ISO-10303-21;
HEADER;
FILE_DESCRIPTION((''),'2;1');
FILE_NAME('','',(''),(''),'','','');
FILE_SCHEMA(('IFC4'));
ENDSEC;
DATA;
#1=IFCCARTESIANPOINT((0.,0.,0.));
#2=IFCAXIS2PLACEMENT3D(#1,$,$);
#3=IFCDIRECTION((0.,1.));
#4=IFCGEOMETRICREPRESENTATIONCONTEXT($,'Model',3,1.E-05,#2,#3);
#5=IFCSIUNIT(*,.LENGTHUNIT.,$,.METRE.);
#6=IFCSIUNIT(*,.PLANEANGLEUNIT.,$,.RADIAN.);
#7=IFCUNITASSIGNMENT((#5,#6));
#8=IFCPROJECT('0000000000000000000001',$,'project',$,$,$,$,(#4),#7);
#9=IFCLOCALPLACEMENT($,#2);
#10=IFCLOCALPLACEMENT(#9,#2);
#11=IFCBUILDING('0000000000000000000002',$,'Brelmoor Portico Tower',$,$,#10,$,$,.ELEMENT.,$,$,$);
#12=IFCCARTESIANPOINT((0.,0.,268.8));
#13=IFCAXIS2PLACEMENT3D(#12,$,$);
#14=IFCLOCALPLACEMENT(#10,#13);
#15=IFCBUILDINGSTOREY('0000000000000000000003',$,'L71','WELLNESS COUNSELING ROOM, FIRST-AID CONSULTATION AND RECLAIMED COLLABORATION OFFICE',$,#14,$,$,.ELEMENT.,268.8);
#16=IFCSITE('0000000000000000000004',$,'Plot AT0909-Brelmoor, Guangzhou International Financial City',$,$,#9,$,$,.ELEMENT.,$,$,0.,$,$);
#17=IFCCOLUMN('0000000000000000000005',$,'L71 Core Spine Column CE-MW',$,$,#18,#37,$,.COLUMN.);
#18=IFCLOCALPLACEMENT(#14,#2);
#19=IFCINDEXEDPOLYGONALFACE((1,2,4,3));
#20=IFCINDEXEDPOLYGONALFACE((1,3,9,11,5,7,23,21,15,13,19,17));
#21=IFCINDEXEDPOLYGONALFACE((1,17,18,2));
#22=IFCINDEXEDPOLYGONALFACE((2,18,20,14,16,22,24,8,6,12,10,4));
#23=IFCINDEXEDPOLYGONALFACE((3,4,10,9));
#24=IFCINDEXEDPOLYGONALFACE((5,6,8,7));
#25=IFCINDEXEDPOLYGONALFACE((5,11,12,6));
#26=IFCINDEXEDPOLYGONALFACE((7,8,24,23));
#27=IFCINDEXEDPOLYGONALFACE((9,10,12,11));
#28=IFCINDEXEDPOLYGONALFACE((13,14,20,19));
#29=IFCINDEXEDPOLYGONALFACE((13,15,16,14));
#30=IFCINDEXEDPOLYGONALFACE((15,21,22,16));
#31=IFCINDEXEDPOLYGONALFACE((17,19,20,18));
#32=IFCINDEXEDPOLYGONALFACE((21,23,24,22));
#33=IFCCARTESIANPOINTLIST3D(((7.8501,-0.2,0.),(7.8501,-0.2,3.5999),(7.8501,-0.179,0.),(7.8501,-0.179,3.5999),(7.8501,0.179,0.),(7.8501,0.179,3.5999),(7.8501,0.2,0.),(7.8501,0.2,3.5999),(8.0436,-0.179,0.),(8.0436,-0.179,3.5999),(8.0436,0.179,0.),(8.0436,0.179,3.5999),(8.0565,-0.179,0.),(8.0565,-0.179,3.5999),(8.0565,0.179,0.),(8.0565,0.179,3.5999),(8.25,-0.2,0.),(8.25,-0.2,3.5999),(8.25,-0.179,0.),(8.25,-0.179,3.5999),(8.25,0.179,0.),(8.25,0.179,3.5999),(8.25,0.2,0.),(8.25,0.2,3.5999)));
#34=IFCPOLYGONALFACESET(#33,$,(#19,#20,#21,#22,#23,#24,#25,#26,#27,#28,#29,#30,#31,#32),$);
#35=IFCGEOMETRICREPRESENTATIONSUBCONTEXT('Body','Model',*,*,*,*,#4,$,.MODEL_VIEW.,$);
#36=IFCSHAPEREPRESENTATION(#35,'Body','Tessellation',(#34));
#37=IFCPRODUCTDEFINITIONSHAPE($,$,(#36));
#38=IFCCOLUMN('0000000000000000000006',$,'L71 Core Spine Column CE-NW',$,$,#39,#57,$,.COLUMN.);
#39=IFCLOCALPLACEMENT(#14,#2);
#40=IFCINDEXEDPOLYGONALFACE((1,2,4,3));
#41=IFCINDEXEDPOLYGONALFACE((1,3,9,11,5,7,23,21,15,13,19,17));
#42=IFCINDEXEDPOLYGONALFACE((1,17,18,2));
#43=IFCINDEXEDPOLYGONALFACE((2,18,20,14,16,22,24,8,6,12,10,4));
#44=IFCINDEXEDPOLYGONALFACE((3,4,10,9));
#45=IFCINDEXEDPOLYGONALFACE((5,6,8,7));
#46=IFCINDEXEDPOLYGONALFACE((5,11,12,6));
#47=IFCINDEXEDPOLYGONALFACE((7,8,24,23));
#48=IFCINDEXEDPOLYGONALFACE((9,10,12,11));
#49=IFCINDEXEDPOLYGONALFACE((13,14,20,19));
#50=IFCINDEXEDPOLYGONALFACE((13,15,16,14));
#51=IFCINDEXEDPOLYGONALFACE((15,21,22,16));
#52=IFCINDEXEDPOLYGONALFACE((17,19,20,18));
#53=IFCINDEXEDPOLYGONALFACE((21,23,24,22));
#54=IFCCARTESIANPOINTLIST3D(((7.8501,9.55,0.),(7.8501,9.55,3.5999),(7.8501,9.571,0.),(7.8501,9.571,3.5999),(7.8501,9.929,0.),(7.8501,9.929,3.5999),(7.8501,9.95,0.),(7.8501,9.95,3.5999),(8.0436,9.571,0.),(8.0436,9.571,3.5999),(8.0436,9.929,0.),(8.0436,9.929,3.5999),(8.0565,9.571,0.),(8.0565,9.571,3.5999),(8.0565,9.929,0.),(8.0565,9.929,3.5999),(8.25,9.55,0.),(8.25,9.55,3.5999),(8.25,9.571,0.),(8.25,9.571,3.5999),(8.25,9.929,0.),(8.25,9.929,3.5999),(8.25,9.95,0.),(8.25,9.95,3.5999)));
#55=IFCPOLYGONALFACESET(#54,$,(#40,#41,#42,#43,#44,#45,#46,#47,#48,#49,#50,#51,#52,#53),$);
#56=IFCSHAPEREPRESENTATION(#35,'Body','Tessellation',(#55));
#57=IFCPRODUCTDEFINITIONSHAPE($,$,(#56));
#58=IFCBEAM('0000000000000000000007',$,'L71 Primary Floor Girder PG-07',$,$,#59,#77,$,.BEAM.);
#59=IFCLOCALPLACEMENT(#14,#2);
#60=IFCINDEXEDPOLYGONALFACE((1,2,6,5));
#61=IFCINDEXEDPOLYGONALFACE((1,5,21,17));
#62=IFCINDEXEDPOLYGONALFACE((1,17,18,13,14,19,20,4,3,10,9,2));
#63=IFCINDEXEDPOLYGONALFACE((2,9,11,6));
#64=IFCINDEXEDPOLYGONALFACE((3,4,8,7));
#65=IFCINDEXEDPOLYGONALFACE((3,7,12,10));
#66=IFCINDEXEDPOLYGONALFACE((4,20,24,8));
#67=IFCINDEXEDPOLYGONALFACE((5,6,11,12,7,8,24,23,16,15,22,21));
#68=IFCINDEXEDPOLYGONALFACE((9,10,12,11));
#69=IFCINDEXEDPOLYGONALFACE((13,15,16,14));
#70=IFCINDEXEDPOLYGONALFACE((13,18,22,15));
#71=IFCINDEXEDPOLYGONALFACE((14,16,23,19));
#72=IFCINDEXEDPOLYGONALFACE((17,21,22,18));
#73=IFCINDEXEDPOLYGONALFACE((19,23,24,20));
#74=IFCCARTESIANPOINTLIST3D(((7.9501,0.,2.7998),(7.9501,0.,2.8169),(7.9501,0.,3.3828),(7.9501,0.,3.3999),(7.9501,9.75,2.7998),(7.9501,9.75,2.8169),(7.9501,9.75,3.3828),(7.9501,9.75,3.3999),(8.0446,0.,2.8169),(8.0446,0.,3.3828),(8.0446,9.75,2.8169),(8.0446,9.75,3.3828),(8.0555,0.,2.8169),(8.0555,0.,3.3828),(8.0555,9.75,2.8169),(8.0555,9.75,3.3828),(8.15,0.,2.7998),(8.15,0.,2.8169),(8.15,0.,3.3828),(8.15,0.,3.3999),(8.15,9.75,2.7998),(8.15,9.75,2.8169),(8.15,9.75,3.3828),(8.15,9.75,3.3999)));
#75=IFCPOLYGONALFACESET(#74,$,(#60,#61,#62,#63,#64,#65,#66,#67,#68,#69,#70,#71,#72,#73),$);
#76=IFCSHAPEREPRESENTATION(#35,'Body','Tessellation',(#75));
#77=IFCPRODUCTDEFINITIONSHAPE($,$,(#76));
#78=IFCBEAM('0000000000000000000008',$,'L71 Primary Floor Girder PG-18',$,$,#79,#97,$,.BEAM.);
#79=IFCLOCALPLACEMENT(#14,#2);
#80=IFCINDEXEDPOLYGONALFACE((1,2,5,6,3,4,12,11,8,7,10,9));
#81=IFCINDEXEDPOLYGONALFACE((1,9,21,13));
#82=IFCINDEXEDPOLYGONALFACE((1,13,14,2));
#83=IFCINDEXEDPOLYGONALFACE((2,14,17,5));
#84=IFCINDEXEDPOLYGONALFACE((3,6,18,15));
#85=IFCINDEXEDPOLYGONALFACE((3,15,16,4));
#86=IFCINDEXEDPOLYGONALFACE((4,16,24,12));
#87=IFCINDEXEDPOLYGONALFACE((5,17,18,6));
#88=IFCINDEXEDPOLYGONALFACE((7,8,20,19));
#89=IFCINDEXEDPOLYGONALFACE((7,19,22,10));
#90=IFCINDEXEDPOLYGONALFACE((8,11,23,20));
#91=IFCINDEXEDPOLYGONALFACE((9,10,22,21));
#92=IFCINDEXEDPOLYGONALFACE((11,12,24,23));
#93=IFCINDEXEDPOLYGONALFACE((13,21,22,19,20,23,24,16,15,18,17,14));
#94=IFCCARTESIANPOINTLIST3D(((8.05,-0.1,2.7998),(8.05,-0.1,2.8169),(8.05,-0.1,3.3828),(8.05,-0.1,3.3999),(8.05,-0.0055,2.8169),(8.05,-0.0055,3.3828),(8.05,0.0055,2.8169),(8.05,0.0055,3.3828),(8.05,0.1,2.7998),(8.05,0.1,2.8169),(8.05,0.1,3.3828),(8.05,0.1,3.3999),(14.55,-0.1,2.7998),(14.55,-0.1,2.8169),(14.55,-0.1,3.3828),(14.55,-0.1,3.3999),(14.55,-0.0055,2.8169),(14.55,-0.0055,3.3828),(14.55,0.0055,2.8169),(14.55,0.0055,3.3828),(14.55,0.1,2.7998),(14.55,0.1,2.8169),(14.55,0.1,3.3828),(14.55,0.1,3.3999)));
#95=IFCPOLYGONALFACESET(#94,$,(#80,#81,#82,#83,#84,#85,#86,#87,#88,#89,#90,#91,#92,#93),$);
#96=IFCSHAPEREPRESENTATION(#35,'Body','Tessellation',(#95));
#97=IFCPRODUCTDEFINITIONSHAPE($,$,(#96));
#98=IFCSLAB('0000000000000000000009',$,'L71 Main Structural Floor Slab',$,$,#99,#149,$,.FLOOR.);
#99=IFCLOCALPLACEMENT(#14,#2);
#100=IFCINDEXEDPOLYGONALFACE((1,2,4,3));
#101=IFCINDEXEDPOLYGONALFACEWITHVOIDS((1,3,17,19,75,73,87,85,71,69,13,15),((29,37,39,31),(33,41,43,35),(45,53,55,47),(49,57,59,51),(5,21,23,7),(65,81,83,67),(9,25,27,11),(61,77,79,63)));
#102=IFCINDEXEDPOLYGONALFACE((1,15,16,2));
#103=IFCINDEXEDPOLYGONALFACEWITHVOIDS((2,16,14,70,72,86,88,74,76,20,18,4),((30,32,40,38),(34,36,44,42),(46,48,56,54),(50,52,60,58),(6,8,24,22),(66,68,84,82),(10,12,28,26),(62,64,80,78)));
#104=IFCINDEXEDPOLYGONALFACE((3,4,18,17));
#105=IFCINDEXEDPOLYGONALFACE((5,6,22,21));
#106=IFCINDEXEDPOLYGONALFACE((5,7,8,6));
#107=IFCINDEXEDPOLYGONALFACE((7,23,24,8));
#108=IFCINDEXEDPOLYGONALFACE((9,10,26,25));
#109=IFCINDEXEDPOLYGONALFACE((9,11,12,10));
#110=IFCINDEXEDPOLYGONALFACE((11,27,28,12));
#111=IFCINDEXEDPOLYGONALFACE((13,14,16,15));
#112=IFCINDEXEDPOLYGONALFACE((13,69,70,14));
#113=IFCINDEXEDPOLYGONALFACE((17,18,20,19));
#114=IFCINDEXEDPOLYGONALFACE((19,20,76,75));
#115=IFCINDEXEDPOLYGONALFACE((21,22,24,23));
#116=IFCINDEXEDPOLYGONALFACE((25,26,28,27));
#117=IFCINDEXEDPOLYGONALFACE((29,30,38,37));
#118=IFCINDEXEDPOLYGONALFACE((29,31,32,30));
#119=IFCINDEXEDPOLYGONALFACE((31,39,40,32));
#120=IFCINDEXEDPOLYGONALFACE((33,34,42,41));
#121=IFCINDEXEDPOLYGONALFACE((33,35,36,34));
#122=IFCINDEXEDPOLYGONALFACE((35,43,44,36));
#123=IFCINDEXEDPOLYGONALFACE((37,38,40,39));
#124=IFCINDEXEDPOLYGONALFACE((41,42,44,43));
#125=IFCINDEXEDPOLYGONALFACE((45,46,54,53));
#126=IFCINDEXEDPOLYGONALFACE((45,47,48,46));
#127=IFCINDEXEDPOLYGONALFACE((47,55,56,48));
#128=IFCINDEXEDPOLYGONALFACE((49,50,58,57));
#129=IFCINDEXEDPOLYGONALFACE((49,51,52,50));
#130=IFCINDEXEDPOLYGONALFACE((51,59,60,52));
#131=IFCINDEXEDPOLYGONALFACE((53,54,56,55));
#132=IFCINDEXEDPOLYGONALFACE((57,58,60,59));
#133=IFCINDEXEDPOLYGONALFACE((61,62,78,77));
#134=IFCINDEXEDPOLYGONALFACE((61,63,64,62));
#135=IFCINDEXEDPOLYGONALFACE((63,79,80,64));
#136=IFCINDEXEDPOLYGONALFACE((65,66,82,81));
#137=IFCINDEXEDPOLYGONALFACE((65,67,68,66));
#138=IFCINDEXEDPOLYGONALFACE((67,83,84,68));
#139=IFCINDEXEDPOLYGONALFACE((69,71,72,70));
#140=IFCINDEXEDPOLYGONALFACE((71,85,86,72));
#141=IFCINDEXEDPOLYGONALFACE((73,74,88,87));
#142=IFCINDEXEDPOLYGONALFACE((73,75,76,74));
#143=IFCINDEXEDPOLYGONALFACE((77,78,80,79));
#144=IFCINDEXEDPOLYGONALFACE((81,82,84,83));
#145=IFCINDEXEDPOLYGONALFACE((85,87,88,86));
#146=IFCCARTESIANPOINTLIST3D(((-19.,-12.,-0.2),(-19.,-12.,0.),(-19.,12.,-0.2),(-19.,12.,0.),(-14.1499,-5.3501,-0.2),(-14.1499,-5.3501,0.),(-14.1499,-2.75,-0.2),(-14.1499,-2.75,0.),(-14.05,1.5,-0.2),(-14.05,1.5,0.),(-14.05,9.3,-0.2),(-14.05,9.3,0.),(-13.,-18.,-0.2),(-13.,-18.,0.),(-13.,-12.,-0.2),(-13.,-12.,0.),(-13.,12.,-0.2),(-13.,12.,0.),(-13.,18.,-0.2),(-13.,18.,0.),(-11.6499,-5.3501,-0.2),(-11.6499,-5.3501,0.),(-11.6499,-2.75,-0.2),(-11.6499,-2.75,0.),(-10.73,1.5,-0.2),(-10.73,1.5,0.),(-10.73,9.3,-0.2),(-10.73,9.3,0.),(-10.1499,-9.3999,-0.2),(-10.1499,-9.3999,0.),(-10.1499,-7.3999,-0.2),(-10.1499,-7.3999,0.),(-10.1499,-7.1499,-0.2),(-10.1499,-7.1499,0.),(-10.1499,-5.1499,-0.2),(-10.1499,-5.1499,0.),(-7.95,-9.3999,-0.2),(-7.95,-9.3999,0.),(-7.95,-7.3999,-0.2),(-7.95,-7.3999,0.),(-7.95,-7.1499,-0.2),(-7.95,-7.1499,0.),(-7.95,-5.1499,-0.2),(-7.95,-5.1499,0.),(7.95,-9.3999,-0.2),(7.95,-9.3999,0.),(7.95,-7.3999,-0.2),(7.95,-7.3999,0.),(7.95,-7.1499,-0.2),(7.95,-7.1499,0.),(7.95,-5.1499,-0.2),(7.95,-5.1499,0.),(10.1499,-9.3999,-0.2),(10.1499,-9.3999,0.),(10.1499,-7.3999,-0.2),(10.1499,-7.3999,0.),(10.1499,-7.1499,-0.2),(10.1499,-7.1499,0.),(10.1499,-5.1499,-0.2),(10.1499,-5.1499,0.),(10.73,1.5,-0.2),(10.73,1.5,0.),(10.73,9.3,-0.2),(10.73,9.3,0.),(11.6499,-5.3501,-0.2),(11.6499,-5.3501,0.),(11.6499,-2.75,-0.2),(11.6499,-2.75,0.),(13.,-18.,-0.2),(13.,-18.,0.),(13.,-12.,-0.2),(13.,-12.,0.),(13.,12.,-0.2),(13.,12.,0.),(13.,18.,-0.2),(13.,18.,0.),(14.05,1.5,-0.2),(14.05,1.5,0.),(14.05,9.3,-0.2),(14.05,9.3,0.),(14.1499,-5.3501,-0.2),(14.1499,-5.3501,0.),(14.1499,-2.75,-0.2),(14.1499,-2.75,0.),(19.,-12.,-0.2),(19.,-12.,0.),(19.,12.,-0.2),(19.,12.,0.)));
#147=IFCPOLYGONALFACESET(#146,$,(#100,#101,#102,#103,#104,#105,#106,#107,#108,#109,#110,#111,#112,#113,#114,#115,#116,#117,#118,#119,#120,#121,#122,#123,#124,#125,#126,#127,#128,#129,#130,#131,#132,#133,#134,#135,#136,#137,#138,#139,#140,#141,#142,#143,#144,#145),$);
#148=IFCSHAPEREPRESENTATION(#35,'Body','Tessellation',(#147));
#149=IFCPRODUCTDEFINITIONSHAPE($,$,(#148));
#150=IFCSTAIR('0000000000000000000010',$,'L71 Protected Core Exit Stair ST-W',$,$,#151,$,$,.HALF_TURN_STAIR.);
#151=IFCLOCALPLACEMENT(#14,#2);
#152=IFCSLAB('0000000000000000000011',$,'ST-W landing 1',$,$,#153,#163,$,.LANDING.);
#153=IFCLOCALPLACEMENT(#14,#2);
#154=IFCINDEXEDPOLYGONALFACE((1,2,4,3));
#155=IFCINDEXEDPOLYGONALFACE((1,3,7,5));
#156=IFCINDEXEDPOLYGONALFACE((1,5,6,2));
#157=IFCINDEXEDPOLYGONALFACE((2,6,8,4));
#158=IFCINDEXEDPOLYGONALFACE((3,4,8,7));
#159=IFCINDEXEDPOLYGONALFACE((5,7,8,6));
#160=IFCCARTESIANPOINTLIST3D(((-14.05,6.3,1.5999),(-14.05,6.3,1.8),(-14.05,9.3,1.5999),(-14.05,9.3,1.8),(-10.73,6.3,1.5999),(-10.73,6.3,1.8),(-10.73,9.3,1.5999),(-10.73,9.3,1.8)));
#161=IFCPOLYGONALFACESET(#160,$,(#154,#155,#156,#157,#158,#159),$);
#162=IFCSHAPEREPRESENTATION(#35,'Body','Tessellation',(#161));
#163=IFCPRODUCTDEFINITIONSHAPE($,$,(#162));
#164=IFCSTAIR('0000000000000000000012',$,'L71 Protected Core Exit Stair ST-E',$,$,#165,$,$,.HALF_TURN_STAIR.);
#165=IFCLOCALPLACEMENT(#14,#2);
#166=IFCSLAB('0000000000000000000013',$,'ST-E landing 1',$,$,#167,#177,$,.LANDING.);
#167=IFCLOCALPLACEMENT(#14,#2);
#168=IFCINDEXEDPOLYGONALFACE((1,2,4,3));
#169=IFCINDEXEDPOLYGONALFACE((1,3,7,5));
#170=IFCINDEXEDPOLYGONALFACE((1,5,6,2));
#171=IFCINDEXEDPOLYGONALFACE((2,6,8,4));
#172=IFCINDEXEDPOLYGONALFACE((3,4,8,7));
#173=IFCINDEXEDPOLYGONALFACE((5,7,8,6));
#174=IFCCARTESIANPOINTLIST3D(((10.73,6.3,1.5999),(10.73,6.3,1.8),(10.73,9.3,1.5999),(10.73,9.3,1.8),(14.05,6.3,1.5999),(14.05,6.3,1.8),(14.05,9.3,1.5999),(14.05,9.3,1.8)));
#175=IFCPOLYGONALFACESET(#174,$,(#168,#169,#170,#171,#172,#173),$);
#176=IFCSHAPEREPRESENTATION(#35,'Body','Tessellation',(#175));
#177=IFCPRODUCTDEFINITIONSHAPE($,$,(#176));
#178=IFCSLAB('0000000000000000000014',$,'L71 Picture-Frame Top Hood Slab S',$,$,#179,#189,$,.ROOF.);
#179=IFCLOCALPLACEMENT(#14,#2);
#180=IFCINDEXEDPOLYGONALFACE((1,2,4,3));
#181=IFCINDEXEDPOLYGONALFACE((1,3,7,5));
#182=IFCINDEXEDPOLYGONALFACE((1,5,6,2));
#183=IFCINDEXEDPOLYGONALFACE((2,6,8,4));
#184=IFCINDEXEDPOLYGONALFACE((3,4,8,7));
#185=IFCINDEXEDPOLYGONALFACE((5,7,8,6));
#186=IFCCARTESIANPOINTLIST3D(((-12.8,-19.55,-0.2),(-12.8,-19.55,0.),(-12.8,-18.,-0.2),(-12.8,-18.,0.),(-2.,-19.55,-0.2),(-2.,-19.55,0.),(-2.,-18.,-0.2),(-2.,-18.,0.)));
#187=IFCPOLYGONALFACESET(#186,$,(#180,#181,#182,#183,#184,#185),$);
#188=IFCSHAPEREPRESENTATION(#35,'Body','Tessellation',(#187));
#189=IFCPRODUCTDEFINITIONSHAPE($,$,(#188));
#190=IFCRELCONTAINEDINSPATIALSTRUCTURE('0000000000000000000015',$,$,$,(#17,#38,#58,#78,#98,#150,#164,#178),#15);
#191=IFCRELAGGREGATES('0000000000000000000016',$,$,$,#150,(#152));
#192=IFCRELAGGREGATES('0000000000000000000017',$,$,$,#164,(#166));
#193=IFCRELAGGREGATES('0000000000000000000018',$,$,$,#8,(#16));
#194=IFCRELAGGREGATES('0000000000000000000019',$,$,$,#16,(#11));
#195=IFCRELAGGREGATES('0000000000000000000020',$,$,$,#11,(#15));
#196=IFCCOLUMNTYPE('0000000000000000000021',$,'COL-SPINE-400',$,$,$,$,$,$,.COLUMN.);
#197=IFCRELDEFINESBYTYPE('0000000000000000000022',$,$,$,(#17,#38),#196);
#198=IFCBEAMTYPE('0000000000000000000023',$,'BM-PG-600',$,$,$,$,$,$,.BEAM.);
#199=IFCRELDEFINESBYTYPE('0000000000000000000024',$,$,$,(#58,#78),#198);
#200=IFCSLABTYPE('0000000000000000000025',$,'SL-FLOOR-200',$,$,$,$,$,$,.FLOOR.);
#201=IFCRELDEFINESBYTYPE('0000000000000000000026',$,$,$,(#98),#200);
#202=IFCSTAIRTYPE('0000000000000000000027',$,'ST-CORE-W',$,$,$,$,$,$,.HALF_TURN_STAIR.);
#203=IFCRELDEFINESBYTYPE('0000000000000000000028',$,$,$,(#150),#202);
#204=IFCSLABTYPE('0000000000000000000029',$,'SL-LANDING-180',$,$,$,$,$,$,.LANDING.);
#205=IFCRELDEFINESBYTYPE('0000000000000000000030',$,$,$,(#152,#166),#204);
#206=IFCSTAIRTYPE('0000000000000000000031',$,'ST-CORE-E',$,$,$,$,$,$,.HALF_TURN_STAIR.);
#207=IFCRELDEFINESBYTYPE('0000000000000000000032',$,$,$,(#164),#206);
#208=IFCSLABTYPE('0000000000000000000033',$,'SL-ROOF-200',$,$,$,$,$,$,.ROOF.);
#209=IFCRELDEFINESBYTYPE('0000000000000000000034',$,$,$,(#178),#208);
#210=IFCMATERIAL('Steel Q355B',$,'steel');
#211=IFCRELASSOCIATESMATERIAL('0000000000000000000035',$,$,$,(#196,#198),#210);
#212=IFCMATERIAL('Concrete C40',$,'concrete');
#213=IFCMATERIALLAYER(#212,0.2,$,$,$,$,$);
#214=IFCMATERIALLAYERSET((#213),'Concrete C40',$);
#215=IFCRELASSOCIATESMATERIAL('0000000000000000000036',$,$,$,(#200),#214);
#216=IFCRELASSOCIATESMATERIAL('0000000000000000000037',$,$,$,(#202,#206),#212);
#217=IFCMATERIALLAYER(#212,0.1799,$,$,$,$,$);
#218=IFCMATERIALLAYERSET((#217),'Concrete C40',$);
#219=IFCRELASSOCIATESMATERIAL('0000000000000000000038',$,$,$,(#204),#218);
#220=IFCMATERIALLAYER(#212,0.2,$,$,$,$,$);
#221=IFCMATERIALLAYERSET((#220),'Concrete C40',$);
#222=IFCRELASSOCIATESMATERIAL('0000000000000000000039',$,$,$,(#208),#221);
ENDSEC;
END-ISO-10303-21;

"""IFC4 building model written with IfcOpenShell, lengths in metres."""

from ifc_helpers import new_model, si_unit, direction, frame, origin, origin_2d, place, context, subcontext, project, spatial, polyline, i_section, outline, extrude, material, layer, layer_set, material_profile, profile_set, type_object, element, aggregate, save


model = new_model("IFC4")

# Units and contexts
model_context = context("Model", 3, precision=1e-05, world=origin(), true_north=direction((0.0, 1.0)))
body_context = subcontext(model_context, "Body", "Model", "MODEL_VIEW")
ifc_project = project(units=[si_unit("LENGTHUNIT", "METRE"), si_unit("PLANEANGLEUNIT", "RADIAN")], contexts=[model_context])

# Site, building, storey
site_placement = place(None, origin())
site = spatial("IfcSite", under=ifc_project, at=site_placement, Name="Plot AT0909-Brelmoor, Guangzhou International Financial City", CompositionType="ELEMENT", RefElevation=0.0)
building_placement = place(site_placement, origin())
building = spatial("IfcBuilding", under=site, at=building_placement, Name="Brelmoor Portico Tower", CompositionType="ELEMENT")
storey_placement = place(building_placement, frame((0.0, 0.0, 268.8)))
storey = spatial("IfcBuildingStorey", under=building, at=storey_placement, Name="L71", Description="WELLNESS COUNSELING ROOM, FIRST-AID CONSULTATION AND RECLAIMED COLLABORATION OFFICE", CompositionType="ELEMENT", Elevation=268.8)

# Columns
ifc_material_1 = material(Name="Steel Q355B", Category="steel")
ifc_material_profile_1 = material_profile(ifc_material_1, i_section(OverallWidth=0.3999, OverallDepth=0.3999, WebThickness=0.0129, FlangeThickness=0.021, at=origin_2d()), Name="HW 400x400x13x21")
ifc_profile_set_1 = profile_set([ifc_material_profile_1], Name="Steel Q355B")
column_type = type_object("IfcColumnType", Name="COL-SPINE-400", PredefinedType="COLUMN", material=ifc_profile_set_1)
for number, where, z_axis, x_axis, name in (
    (1, (8.05, 0.0, 0.0), (0.0, 0.0, 1.0), (1.0, 0.0, 0.0), "L71 Core Spine Column CE-MW"),
    (2, (8.05, 9.75, 0.0), (0.0, 0.0, 1.0), (1.0, 0.0, 0.0), "L71 Core Spine Column CE-NW"),
):
    element("IfcColumn", number, at=place(storey_placement, frame(where, z_axis=z_axis, x_axis=x_axis)), inside=storey, type_object=column_type, Name=name, PredefinedType="COLUMN", context=body_context, shape_type="SweptSolid", body=[
        extrude(i_section(OverallWidth=0.3999, OverallDepth=0.3999, WebThickness=0.0129, FlangeThickness=0.021, at=origin_2d()), origin(), (0.0, 0.0, 1.0), 3.5999),
    ])

# Beams
ifc_material_profile_2 = material_profile(ifc_material_1, i_section(OverallWidth=0.2, OverallDepth=0.6001, WebThickness=0.011, FlangeThickness=0.0171, at=origin_2d()), Name="HN 600x200x11x17")
ifc_profile_set_2 = profile_set([ifc_material_profile_2], Name="Steel Q355B")
beam_type = type_object("IfcBeamType", Name="BM-PG-600", PredefinedType="BEAM", material=ifc_profile_set_2)
beam_1_placement = place(storey_placement, frame((8.05, 0.0, 3.0999), z_axis=(0.0, 1.0, 0.0), x_axis=(-1.0, 0.0, 0.0)))
element("IfcBeam", 3, at=beam_1_placement, inside=storey, type_object=beam_type, Name="L71 Primary Floor Girder PG-07", PredefinedType="BEAM", context=body_context, shape_type="SweptSolid", body=[
    extrude(i_section(OverallWidth=0.2, OverallDepth=0.6001, WebThickness=0.011, FlangeThickness=0.0171, at=origin_2d()), origin(), (0.0, 0.0, 1.0), 9.75),
])
beam_2_placement = place(storey_placement, frame((8.05, 0.0, 3.0999), z_axis=(1.0, 0.0, 0.0), x_axis=(0.0, 1.0, 0.0)))
element("IfcBeam", 4, at=beam_2_placement, inside=storey, type_object=beam_type, Name="L71 Primary Floor Girder PG-18", PredefinedType="BEAM", context=body_context, shape_type="SweptSolid", body=[
    extrude(i_section(OverallWidth=0.2, OverallDepth=0.6001, WebThickness=0.011, FlangeThickness=0.0171, at=origin_2d()), origin(), (0.0, 0.0, 1.0), 6.5),
])

# Slab
ifc_material_2 = material(Name="Concrete C40", Category="concrete")
ifc_layer_1 = layer(ifc_material_2, 0.2)
ifc_layer_set_1 = layer_set([ifc_layer_1], Name="Concrete C40")
slab_type_1 = type_object("IfcSlabType", Name="SL-FLOOR-200", PredefinedType="FLOOR", material=ifc_layer_set_1)
slab_1_placement = place(storey_placement, frame((0.0, 0.0, -0.2)))
element("IfcSlab", 5, at=slab_1_placement, inside=storey, type_object=slab_type_1, Name="L71 Main Structural Floor Slab", PredefinedType="FLOOR", context=body_context, shape_type="SweptSolid", body=[
    extrude(outline(polyline([(-13.0, -18.0), (13.0, -18.0), (13.0, -12.0), (19.0, -12.0), (19.0, 12.0), (13.0, 12.0), (13.0, 18.0), (-13.0, 18.0), (-13.0, 12.0), (-19.0, 12.0), (-19.0, -12.0), (-13.0, -12.0), (-13.0, -18.0)]), holes=[polyline([(-10.73, 1.5), (-10.73, 9.3), (-14.05, 9.3), (-14.05, 1.5), (-10.73, 1.5)]), polyline([(14.05, 1.5), (14.05, 9.3), (10.73, 9.3), (10.73, 1.5), (14.05, 1.5)]), polyline([(-10.1499, -9.3999), (-7.95, -9.3999), (-7.95, -7.3999), (-10.1499, -7.3999), (-10.1499, -9.3999)]), polyline([(-10.1499, -7.1499), (-7.95, -7.1499), (-7.95, -5.1499), (-10.1499, -5.1499), (-10.1499, -7.1499)]), polyline([(7.95, -9.3999), (10.1499, -9.3999), (10.1499, -7.3999), (7.95, -7.3999), (7.95, -9.3999)]), polyline([(7.95, -7.1499), (10.1499, -7.1499), (10.1499, -5.1499), (7.95, -5.1499), (7.95, -7.1499)]), polyline([(-14.1499, -5.3501), (-11.6499, -5.3501), (-11.6499, -2.75), (-14.1499, -2.75), (-14.1499, -5.3501)]), polyline([(11.6499, -5.3501), (14.1499, -5.3501), (14.1499, -2.75), (11.6499, -2.75), (11.6499, -5.3501)])]), origin(), (0.0, 0.0, 1.0), 0.2),
])

# Stairs, slabs
stair_type_1 = type_object("IfcStairType", Name="ST-CORE-W", PredefinedType="HALF_TURN_STAIR", material=ifc_material_2)
stair_1_placement = place(storey_placement, origin())
stair_1 = element("IfcStair", 6, at=stair_1_placement, inside=storey, type_object=stair_type_1, Name="L71 Protected Core Exit Stair ST-W", PredefinedType="HALF_TURN_STAIR")
ifc_layer_2 = layer(ifc_material_2, 0.1799)
ifc_layer_set_2 = layer_set([ifc_layer_2], Name="Concrete C40")
slab_type_2 = type_object("IfcSlabType", Name="SL-LANDING-180", PredefinedType="LANDING", material=ifc_layer_set_2)
slab_2_placement = place(storey_placement, frame((0.0, 0.0, 1.5999)))
slab_2 = element("IfcSlab", 7, at=slab_2_placement, type_object=slab_type_2, Name="ST-W landing 1", PredefinedType="LANDING", context=body_context, shape_type="SweptSolid", body=[
    extrude(outline(polyline([(-10.73, 6.3), (-10.73, 9.3), (-14.05, 9.3), (-14.05, 6.3), (-10.73, 6.3)])), origin(), (0.0, 0.0, 1.0), 0.2002),
])
aggregate(stair_1, [slab_2])
stair_type_2 = type_object("IfcStairType", Name="ST-CORE-E", PredefinedType="HALF_TURN_STAIR", material=ifc_material_2)
stair_2_placement = place(storey_placement, origin())
stair_2 = element("IfcStair", 8, at=stair_2_placement, inside=storey, type_object=stair_type_2, Name="L71 Protected Core Exit Stair ST-E", PredefinedType="HALF_TURN_STAIR")
slab_3_placement = place(storey_placement, frame((0.0, 0.0, 1.5999)))
slab_3 = element("IfcSlab", 9, at=slab_3_placement, type_object=slab_type_2, Name="ST-E landing 1", PredefinedType="LANDING", context=body_context, shape_type="SweptSolid", body=[
    extrude(outline(polyline([(14.05, 6.3), (14.05, 9.3), (10.73, 9.3), (10.73, 6.3), (14.05, 6.3)])), origin(), (0.0, 0.0, 1.0), 0.2002),
])

# Slab
ifc_layer_3 = layer(ifc_material_2, 0.2)
ifc_layer_set_3 = layer_set([ifc_layer_3], Name="Concrete C40")
slab_type_3 = type_object("IfcSlabType", Name="SL-ROOF-200", PredefinedType="ROOF", material=ifc_layer_set_3)
slab_4_placement = place(storey_placement, frame((0.0, 0.0, -0.2)))
element("IfcSlab", 10, at=slab_4_placement, inside=storey, type_object=slab_type_3, Name="L71 Picture-Frame Top Hood Slab S", PredefinedType="ROOF", context=body_context, shape_type="SweptSolid", body=[
    extrude(outline(polyline([(-12.8, -19.55), (-2.0, -19.55), (-2.0, -18.0), (-12.8, -18.0), (-12.8, -19.55)])), origin(), (0.0, 0.0, 1.0), 0.2),
])

aggregate(stair_2, [slab_3])

save(model, "model.ifc")
